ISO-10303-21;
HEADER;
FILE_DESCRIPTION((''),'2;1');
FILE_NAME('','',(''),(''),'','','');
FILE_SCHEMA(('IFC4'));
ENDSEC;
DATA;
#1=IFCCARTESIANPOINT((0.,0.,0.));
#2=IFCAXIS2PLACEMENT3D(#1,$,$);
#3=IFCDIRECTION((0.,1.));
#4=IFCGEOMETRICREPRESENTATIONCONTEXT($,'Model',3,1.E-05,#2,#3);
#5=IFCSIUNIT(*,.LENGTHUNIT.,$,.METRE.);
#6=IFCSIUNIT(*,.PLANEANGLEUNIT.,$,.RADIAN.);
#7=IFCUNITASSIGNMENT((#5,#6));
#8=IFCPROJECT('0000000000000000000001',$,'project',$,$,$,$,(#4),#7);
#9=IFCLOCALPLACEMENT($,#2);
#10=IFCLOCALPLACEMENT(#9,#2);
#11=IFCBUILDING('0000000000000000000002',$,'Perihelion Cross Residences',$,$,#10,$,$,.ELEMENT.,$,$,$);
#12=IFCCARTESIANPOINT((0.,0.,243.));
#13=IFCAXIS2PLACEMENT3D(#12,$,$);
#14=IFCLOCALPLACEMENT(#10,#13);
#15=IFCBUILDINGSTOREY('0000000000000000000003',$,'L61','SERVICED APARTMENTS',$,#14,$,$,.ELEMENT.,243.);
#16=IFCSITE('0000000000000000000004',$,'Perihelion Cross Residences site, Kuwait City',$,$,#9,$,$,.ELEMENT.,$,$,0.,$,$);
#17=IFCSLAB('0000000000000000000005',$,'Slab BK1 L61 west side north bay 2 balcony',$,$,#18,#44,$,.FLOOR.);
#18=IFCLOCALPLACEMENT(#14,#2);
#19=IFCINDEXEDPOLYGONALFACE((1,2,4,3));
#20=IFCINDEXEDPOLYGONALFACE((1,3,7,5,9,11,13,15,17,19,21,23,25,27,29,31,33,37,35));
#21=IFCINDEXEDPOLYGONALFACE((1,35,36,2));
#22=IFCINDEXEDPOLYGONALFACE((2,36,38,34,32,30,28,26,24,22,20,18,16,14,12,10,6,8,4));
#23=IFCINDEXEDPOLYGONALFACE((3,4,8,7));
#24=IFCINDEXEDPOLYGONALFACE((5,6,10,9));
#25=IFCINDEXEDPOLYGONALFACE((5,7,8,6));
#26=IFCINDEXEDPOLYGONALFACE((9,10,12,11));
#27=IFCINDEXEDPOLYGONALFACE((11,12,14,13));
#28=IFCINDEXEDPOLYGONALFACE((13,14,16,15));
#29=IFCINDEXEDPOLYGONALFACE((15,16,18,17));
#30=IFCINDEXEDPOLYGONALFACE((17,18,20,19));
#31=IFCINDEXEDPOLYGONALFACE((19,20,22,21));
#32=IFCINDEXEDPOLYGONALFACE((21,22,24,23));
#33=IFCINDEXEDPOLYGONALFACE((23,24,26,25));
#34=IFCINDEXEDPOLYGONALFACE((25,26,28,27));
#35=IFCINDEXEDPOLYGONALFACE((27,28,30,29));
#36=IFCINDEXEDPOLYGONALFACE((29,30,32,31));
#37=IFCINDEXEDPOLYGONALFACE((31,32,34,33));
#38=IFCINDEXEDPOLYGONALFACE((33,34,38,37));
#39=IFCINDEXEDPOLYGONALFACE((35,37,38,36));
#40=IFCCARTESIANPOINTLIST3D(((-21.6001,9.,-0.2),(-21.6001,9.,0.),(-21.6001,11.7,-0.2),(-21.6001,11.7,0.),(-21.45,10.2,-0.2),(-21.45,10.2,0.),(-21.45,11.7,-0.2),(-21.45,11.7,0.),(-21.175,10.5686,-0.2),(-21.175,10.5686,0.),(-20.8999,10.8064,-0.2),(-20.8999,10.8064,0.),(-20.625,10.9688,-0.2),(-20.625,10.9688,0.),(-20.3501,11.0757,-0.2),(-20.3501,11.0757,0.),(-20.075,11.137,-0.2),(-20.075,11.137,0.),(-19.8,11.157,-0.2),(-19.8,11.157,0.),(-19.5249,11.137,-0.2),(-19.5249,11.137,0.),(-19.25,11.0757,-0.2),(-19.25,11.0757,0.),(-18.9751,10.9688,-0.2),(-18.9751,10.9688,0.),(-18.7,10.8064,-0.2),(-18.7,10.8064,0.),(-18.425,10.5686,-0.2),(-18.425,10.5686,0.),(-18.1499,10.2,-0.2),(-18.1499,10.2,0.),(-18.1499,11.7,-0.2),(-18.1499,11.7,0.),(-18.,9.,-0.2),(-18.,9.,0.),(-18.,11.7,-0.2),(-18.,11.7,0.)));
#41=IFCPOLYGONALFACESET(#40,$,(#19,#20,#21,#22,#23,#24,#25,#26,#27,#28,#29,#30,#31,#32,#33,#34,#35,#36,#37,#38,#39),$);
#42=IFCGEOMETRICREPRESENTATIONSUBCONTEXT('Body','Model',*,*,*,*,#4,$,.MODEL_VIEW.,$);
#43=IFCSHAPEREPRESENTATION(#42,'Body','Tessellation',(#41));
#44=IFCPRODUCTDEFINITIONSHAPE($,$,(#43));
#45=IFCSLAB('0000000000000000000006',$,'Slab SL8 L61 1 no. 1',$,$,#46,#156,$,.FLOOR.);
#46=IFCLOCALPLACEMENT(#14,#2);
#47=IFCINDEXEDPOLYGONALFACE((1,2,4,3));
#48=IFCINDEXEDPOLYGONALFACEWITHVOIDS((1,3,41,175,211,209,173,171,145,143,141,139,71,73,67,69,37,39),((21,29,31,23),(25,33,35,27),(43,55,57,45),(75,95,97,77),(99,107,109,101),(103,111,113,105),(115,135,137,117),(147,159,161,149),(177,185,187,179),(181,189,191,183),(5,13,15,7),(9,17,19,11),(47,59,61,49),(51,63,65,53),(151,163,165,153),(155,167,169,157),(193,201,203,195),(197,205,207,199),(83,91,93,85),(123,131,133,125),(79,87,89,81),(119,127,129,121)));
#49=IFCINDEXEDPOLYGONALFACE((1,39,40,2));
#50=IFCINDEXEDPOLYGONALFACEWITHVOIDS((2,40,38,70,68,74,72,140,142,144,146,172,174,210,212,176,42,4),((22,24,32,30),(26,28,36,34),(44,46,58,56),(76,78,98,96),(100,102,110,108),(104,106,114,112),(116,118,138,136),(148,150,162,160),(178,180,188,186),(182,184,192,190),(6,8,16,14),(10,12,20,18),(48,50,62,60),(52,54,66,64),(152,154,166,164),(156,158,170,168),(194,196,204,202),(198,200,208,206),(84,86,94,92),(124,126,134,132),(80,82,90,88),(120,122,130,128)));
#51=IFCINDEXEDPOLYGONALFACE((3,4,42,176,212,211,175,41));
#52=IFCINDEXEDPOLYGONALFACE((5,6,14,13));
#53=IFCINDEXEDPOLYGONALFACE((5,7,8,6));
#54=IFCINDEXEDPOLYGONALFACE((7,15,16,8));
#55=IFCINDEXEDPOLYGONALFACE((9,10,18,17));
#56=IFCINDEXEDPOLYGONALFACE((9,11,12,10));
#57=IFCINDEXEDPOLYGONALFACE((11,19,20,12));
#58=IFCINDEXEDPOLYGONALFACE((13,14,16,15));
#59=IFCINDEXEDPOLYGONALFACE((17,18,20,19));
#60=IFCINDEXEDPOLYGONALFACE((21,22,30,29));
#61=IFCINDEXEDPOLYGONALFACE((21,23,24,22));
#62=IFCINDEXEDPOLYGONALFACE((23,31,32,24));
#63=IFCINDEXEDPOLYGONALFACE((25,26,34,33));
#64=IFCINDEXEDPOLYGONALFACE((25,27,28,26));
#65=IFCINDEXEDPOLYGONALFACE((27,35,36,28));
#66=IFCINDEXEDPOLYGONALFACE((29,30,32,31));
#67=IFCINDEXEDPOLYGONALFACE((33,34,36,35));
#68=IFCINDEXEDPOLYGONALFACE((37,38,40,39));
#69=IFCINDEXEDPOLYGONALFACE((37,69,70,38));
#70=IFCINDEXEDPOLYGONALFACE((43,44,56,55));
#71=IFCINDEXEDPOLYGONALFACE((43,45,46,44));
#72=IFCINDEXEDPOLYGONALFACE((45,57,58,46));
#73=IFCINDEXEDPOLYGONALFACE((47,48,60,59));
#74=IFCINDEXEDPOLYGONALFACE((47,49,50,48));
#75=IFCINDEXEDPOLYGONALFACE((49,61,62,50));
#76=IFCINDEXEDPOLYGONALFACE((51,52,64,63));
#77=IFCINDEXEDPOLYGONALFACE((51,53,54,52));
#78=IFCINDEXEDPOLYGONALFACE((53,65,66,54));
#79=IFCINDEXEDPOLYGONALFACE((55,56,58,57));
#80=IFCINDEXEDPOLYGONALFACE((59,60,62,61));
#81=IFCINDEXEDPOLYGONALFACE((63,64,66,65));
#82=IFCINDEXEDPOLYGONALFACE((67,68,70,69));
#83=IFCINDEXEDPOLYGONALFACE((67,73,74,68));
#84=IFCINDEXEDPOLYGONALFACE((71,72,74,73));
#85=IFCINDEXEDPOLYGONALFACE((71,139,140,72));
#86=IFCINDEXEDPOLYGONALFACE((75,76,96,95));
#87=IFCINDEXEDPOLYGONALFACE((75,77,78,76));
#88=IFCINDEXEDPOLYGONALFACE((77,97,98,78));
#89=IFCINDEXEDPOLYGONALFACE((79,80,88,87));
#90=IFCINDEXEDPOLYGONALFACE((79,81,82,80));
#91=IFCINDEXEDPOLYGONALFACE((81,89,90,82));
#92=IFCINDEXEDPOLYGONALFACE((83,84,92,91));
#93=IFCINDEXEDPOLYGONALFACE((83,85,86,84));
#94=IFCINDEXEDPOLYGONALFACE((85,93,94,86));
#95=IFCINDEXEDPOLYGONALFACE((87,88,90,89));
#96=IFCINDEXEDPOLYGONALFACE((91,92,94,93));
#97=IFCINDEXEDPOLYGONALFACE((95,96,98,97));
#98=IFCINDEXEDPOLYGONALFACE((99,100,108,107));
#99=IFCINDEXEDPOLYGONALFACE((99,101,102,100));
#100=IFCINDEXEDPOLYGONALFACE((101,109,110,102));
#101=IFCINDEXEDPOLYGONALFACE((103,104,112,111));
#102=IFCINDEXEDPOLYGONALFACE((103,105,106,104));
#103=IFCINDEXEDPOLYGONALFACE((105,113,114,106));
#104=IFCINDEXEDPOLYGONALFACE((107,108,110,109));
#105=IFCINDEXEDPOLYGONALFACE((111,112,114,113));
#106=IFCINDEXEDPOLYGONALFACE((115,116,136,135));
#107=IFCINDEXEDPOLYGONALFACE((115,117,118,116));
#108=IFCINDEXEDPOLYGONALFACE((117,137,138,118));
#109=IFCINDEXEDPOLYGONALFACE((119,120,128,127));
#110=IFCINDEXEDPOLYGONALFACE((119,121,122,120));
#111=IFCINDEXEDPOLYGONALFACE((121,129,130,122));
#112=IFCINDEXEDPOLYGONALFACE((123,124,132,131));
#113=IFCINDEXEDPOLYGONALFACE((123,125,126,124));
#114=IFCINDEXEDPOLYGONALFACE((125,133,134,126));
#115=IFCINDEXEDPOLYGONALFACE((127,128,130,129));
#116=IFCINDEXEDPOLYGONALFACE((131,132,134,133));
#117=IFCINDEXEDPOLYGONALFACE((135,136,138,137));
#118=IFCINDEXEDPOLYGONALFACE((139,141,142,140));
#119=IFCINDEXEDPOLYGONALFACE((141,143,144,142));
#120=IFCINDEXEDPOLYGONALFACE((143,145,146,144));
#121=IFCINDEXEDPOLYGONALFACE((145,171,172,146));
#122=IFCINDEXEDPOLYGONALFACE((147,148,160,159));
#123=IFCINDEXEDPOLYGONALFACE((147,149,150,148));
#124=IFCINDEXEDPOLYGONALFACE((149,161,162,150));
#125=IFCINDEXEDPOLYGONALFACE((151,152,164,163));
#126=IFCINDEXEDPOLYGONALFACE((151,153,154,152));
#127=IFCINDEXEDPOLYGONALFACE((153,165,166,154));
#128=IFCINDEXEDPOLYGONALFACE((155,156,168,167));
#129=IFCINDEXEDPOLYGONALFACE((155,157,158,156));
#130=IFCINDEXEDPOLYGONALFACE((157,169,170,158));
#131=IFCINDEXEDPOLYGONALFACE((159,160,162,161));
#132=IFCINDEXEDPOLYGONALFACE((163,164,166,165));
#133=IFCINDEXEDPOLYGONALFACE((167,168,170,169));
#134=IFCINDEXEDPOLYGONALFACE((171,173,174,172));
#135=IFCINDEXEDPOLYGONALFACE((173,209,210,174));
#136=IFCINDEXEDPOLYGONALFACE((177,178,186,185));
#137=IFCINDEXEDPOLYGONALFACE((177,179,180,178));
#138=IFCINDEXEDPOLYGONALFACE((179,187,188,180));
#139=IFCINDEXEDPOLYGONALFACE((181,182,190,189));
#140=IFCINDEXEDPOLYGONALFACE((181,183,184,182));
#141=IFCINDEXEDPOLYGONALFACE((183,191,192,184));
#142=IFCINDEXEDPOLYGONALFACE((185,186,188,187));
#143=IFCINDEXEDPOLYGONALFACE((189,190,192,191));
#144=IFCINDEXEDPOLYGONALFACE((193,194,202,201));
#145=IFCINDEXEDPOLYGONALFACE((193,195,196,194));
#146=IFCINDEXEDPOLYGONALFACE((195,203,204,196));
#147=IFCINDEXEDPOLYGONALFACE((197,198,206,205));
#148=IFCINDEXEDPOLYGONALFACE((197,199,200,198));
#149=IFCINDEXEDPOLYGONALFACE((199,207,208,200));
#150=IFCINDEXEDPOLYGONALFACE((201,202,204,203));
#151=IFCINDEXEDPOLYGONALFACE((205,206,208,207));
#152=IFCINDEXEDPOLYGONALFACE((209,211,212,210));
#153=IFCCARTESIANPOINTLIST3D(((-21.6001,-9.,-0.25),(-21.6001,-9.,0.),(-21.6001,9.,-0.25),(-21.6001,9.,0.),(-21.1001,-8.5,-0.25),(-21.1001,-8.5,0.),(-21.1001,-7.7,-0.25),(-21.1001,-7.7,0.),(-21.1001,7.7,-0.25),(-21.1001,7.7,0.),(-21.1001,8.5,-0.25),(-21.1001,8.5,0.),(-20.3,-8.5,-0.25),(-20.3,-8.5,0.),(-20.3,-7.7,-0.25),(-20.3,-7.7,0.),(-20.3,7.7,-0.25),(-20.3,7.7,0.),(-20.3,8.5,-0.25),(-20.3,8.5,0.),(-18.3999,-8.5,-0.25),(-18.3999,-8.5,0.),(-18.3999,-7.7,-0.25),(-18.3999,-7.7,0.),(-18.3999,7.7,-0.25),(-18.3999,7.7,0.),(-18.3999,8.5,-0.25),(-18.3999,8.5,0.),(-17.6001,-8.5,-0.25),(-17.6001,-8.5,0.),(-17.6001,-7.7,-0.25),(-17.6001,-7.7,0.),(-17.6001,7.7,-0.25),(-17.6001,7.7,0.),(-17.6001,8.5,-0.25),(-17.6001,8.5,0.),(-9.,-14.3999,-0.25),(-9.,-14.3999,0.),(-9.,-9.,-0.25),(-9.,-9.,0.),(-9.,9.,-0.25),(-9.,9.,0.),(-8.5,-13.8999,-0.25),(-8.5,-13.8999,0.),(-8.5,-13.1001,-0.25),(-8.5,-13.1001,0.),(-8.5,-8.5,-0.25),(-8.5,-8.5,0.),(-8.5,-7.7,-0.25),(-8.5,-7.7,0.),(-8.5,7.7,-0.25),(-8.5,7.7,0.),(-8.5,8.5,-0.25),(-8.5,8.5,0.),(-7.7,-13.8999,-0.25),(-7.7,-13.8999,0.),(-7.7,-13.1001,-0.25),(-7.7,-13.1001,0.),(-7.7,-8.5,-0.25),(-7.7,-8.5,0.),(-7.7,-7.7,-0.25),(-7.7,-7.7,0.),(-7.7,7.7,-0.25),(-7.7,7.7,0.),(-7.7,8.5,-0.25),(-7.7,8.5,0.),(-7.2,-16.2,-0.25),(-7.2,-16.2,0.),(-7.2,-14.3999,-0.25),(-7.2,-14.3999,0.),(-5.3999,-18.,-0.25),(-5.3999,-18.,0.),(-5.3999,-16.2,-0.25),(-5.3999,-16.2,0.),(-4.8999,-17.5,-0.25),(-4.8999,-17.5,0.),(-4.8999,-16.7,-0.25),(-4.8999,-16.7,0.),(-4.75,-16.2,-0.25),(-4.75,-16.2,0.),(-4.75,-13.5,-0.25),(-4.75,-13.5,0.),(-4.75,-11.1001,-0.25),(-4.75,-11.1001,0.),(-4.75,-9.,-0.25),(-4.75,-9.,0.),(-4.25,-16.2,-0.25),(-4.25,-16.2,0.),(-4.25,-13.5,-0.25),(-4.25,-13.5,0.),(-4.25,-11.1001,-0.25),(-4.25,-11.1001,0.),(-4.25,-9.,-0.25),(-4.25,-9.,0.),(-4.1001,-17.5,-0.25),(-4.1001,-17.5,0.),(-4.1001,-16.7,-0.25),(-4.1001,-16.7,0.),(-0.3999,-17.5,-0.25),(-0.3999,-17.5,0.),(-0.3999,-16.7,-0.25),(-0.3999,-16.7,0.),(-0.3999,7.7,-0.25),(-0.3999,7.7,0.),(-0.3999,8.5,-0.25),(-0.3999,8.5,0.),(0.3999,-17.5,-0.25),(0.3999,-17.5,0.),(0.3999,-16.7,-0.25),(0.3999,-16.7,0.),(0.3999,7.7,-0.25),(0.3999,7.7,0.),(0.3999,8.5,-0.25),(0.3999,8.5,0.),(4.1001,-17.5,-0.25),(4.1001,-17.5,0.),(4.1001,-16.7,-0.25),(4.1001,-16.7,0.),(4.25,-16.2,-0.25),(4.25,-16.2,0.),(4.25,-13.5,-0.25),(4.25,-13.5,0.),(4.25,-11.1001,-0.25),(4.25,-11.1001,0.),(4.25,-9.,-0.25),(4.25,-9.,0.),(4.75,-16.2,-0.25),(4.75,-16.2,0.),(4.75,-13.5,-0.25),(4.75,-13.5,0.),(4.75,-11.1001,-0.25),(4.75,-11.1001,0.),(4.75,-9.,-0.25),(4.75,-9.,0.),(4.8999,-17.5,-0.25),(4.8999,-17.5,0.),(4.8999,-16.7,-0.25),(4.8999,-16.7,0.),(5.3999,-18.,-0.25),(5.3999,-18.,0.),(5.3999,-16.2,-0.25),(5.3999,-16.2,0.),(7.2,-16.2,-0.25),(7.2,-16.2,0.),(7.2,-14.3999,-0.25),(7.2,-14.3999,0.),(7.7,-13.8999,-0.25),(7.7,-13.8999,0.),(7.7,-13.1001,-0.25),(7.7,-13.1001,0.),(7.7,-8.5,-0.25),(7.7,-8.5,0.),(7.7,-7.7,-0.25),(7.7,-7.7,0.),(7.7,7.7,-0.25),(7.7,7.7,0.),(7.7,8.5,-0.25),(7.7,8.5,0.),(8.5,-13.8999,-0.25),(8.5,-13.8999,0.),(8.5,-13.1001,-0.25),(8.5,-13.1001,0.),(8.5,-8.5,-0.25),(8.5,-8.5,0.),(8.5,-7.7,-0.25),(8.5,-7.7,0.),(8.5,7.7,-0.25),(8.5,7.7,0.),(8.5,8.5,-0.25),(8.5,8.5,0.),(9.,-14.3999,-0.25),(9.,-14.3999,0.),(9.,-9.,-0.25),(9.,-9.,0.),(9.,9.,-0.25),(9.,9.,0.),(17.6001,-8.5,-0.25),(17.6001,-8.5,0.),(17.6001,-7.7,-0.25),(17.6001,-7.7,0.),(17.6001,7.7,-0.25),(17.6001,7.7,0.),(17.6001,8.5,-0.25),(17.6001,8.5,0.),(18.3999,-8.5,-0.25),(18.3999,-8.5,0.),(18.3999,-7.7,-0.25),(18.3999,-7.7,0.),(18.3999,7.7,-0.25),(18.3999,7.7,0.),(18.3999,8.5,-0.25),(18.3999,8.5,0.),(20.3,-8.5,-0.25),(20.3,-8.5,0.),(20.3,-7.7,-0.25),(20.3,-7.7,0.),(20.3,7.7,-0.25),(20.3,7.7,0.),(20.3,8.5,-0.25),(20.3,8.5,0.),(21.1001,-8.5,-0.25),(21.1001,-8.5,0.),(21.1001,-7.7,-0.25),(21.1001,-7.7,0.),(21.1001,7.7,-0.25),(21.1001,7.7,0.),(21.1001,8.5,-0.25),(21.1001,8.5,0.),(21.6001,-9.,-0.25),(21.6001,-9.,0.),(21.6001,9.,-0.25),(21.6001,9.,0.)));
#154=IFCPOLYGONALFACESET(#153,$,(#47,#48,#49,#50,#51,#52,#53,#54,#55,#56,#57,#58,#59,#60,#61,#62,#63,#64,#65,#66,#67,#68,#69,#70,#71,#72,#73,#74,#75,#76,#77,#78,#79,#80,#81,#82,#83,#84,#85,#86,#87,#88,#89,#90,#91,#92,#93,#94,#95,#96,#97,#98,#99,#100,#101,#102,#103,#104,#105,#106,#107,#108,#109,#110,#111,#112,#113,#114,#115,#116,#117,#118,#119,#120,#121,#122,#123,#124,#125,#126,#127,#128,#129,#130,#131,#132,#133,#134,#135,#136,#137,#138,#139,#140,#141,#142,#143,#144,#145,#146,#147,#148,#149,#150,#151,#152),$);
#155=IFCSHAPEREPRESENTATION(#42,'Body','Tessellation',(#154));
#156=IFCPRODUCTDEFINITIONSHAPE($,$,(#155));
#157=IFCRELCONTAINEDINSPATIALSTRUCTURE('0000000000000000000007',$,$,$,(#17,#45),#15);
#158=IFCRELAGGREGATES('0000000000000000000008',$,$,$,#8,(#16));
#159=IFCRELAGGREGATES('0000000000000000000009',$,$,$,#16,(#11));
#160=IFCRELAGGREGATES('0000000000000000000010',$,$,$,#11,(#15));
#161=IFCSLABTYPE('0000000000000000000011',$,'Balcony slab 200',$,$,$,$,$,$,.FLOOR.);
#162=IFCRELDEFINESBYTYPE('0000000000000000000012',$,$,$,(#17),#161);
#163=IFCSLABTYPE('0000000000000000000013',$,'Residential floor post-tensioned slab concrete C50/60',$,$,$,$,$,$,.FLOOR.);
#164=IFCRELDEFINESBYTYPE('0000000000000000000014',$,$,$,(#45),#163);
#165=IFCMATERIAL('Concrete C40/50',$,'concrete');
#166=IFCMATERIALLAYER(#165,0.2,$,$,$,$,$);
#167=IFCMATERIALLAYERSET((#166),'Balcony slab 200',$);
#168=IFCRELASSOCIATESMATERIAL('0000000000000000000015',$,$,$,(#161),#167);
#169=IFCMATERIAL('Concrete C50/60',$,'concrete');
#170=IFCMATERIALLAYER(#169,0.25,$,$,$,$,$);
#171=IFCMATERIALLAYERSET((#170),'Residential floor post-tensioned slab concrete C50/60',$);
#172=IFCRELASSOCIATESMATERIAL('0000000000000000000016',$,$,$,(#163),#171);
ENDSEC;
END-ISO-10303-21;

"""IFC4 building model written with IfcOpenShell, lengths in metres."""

from ifc_helpers import new_model, si_unit, direction, frame, origin, place, context, subcontext, project, spatial, polyline, outline, extrude, material, layer, layer_set, type_object, element, save


model = new_model("IFC4")

# Units and contexts
model_context = context("Model", 3, precision=1e-05, world=origin(), true_north=direction((0.0, 1.0)))
body_context = subcontext(model_context, "Body", "Model", "MODEL_VIEW")
ifc_project = project(units=[si_unit("LENGTHUNIT", "METRE"), si_unit("PLANEANGLEUNIT", "RADIAN")], contexts=[model_context])

# Site, building, storey
site_placement = place(None, origin())
site = spatial("IfcSite", under=ifc_project, at=site_placement, Name="Perihelion Cross Residences site, Kuwait City", CompositionType="ELEMENT", RefElevation=0.0)
building_placement = place(site_placement, origin())
building = spatial("IfcBuilding", under=site, at=building_placement, Name="Perihelion Cross Residences", CompositionType="ELEMENT")
storey_placement = place(building_placement, frame((0.0, 0.0, 243.0)))
storey = spatial("IfcBuildingStorey", under=building, at=storey_placement, Name="L61", Description="SERVICED APARTMENTS", CompositionType="ELEMENT", Elevation=243.0)

# Slabs
ifc_material_1 = material(Name="Concrete C40/50", Category="concrete")
ifc_layer_1 = layer(ifc_material_1, 0.2)
ifc_layer_set_1 = layer_set([ifc_layer_1], Name="Balcony slab 200")
slab_type_1 = type_object("IfcSlabType", Name="Balcony slab 200", PredefinedType="FLOOR", material=ifc_layer_set_1)
slab_1_placement = place(storey_placement, frame((0.0, 0.0, -0.2)))
element("IfcSlab", 1, at=slab_1_placement, inside=storey, type_object=slab_type_1, Name="Slab BK1 L61 west side north bay 2 balcony", PredefinedType="FLOOR", context=body_context, shape_type="SweptSolid", body=[
    extrude(outline(polyline([(-18.0, 9.0), (-21.6001, 9.0), (-21.6001, 11.7), (-21.45, 11.7), (-21.45, 10.2), (-21.175, 10.5686), (-20.8999, 10.8064), (-20.625, 10.9688), (-20.3501, 11.0757), (-20.075, 11.137), (-19.8, 11.157), (-19.5249, 11.137), (-19.25, 11.0757), (-18.9751, 10.9688), (-18.7, 10.8064), (-18.425, 10.5686), (-18.1499, 10.2), (-18.1499, 11.7), (-18.0, 11.7), (-18.0, 9.0)])), origin(), (0.0, 0.0, 1.0), 0.2),
])
ifc_material_2 = material(Name="Concrete C50/60", Category="concrete")
ifc_layer_2 = layer(ifc_material_2, 0.25)
ifc_layer_set_2 = layer_set([ifc_layer_2], Name="Residential floor post-tensioned slab concrete C50/60")
slab_type_2 = type_object("IfcSlabType", Name="Residential floor post-tensioned slab concrete C50/60", PredefinedType="FLOOR", material=ifc_layer_set_2)
slab_2_placement = place(storey_placement, frame((0.0, 0.0, -0.25)))
element("IfcSlab", 2, at=slab_2_placement, inside=storey, type_object=slab_type_2, Name="Slab SL8 L61 1 no. 1", PredefinedType="FLOOR", context=body_context, shape_type="SweptSolid", body=[
    extrude(outline(polyline([(-9.0, 9.0), (9.0, 9.0), (21.6001, 9.0), (21.6001, -9.0), (9.0, -9.0), (9.0, -14.3999), (7.2, -14.3999), (7.2, -16.2), (5.3999, -16.2), (5.3999, -18.0), (-5.3999, -18.0), (-5.3999, -16.2), (-7.2, -16.2), (-7.2, -14.3999), (-9.0, -14.3999), (-9.0, -9.0), (-21.6001, -9.0), (-21.6001, 9.0), (-9.0, 9.0)]), holes=[polyline([(-4.1001, -16.7), (-4.8999, -16.7), (-4.8999, -17.5), (-4.1001, -17.5), (-4.1001, -16.7)]), polyline([(0.3999, -17.5), (0.3999, -16.7), (-0.3999, -16.7), (-0.3999, -17.5), (0.3999, -17.5)]), polyline([(-4.25, -16.2), (-4.25, -13.5), (-4.75, -13.5), (-4.75, -16.2), (-4.25, -16.2)]), polyline([(-7.7, -13.1001), (-8.5, -13.1001), (-8.5, -13.8999), (-7.7, -13.8999), (-7.7, -13.1001)]), polyline([(-4.25, -11.1001), (-4.25, -9.0), (-4.75, -9.0), (-4.75, -11.1001), (-4.25, -11.1001)]), polyline([(-20.3, -8.5), (-20.3, -7.7), (-21.1001, -7.7), (-21.1001, -8.5), (-20.3, -8.5)]), polyline([(-17.6001, -7.7), (-18.3999, -7.7), (-18.3999, -8.5), (-17.6001, -8.5), (-17.6001, -7.7)]), polyline([(-7.7, -8.5), (-7.7, -7.7), (-8.5, -7.7), (-8.5, -8.5), (-7.7, -8.5)]), polyline([(-20.3, 8.5), (-21.1001, 8.5), (-21.1001, 7.7), (-20.3, 7.7), (-20.3, 8.5)]), polyline([(-17.6001, 7.7), (-17.6001, 8.5), (-18.3999, 8.5), (-18.3999, 7.7), (-17.6001, 7.7)]), polyline([(-7.7, 7.7), (-7.7, 8.5), (-8.5, 8.5), (-8.5, 7.7), (-7.7, 7.7)]), polyline([(4.8999, -16.7), (4.1001, -16.7), (4.1001, -17.5), (4.8999, -17.5), (4.8999, -16.7)]), polyline([(4.75, -16.2), (4.75, -13.5), (4.25, -13.5), (4.25, -16.2), (4.75, -16.2)]), polyline([(8.5, -13.8999), (8.5, -13.1001), (7.7, -13.1001), (7.7, -13.8999), (8.5, -13.8999)]), polyline([(4.75, -9.0), (4.25, -9.0), (4.25, -11.1001), (4.75, -11.1001), (4.75, -9.0)]), polyline([(8.5, -8.5), (8.5, -7.7), (7.7, -7.7), (7.7, -8.5), (8.5, -8.5)]), polyline([(18.3999, -8.5), (18.3999, -7.7), (17.6001, -7.7), (17.6001, -8.5), (18.3999, -8.5)]), polyline([(21.1001, -7.7), (20.3, -7.7), (20.3, -8.5), (21.1001, -8.5), (21.1001, -7.7)]), polyline([(0.3999, 7.7), (0.3999, 8.5), (-0.3999, 8.5), (-0.3999, 7.7), (0.3999, 7.7)]), polyline([(8.5, 8.5), (7.7, 8.5), (7.7, 7.7), (8.5, 7.7), (8.5, 8.5)]), polyline([(18.3999, 7.7), (18.3999, 8.5), (17.6001, 8.5), (17.6001, 7.7), (18.3999, 7.7)]), polyline([(21.1001, 7.7), (21.1001, 8.5), (20.3, 8.5), (20.3, 7.7), (21.1001, 7.7)])]), origin(), (0.0, 0.0, 1.0), 0.25),
])

save(model, "model.ifc")
